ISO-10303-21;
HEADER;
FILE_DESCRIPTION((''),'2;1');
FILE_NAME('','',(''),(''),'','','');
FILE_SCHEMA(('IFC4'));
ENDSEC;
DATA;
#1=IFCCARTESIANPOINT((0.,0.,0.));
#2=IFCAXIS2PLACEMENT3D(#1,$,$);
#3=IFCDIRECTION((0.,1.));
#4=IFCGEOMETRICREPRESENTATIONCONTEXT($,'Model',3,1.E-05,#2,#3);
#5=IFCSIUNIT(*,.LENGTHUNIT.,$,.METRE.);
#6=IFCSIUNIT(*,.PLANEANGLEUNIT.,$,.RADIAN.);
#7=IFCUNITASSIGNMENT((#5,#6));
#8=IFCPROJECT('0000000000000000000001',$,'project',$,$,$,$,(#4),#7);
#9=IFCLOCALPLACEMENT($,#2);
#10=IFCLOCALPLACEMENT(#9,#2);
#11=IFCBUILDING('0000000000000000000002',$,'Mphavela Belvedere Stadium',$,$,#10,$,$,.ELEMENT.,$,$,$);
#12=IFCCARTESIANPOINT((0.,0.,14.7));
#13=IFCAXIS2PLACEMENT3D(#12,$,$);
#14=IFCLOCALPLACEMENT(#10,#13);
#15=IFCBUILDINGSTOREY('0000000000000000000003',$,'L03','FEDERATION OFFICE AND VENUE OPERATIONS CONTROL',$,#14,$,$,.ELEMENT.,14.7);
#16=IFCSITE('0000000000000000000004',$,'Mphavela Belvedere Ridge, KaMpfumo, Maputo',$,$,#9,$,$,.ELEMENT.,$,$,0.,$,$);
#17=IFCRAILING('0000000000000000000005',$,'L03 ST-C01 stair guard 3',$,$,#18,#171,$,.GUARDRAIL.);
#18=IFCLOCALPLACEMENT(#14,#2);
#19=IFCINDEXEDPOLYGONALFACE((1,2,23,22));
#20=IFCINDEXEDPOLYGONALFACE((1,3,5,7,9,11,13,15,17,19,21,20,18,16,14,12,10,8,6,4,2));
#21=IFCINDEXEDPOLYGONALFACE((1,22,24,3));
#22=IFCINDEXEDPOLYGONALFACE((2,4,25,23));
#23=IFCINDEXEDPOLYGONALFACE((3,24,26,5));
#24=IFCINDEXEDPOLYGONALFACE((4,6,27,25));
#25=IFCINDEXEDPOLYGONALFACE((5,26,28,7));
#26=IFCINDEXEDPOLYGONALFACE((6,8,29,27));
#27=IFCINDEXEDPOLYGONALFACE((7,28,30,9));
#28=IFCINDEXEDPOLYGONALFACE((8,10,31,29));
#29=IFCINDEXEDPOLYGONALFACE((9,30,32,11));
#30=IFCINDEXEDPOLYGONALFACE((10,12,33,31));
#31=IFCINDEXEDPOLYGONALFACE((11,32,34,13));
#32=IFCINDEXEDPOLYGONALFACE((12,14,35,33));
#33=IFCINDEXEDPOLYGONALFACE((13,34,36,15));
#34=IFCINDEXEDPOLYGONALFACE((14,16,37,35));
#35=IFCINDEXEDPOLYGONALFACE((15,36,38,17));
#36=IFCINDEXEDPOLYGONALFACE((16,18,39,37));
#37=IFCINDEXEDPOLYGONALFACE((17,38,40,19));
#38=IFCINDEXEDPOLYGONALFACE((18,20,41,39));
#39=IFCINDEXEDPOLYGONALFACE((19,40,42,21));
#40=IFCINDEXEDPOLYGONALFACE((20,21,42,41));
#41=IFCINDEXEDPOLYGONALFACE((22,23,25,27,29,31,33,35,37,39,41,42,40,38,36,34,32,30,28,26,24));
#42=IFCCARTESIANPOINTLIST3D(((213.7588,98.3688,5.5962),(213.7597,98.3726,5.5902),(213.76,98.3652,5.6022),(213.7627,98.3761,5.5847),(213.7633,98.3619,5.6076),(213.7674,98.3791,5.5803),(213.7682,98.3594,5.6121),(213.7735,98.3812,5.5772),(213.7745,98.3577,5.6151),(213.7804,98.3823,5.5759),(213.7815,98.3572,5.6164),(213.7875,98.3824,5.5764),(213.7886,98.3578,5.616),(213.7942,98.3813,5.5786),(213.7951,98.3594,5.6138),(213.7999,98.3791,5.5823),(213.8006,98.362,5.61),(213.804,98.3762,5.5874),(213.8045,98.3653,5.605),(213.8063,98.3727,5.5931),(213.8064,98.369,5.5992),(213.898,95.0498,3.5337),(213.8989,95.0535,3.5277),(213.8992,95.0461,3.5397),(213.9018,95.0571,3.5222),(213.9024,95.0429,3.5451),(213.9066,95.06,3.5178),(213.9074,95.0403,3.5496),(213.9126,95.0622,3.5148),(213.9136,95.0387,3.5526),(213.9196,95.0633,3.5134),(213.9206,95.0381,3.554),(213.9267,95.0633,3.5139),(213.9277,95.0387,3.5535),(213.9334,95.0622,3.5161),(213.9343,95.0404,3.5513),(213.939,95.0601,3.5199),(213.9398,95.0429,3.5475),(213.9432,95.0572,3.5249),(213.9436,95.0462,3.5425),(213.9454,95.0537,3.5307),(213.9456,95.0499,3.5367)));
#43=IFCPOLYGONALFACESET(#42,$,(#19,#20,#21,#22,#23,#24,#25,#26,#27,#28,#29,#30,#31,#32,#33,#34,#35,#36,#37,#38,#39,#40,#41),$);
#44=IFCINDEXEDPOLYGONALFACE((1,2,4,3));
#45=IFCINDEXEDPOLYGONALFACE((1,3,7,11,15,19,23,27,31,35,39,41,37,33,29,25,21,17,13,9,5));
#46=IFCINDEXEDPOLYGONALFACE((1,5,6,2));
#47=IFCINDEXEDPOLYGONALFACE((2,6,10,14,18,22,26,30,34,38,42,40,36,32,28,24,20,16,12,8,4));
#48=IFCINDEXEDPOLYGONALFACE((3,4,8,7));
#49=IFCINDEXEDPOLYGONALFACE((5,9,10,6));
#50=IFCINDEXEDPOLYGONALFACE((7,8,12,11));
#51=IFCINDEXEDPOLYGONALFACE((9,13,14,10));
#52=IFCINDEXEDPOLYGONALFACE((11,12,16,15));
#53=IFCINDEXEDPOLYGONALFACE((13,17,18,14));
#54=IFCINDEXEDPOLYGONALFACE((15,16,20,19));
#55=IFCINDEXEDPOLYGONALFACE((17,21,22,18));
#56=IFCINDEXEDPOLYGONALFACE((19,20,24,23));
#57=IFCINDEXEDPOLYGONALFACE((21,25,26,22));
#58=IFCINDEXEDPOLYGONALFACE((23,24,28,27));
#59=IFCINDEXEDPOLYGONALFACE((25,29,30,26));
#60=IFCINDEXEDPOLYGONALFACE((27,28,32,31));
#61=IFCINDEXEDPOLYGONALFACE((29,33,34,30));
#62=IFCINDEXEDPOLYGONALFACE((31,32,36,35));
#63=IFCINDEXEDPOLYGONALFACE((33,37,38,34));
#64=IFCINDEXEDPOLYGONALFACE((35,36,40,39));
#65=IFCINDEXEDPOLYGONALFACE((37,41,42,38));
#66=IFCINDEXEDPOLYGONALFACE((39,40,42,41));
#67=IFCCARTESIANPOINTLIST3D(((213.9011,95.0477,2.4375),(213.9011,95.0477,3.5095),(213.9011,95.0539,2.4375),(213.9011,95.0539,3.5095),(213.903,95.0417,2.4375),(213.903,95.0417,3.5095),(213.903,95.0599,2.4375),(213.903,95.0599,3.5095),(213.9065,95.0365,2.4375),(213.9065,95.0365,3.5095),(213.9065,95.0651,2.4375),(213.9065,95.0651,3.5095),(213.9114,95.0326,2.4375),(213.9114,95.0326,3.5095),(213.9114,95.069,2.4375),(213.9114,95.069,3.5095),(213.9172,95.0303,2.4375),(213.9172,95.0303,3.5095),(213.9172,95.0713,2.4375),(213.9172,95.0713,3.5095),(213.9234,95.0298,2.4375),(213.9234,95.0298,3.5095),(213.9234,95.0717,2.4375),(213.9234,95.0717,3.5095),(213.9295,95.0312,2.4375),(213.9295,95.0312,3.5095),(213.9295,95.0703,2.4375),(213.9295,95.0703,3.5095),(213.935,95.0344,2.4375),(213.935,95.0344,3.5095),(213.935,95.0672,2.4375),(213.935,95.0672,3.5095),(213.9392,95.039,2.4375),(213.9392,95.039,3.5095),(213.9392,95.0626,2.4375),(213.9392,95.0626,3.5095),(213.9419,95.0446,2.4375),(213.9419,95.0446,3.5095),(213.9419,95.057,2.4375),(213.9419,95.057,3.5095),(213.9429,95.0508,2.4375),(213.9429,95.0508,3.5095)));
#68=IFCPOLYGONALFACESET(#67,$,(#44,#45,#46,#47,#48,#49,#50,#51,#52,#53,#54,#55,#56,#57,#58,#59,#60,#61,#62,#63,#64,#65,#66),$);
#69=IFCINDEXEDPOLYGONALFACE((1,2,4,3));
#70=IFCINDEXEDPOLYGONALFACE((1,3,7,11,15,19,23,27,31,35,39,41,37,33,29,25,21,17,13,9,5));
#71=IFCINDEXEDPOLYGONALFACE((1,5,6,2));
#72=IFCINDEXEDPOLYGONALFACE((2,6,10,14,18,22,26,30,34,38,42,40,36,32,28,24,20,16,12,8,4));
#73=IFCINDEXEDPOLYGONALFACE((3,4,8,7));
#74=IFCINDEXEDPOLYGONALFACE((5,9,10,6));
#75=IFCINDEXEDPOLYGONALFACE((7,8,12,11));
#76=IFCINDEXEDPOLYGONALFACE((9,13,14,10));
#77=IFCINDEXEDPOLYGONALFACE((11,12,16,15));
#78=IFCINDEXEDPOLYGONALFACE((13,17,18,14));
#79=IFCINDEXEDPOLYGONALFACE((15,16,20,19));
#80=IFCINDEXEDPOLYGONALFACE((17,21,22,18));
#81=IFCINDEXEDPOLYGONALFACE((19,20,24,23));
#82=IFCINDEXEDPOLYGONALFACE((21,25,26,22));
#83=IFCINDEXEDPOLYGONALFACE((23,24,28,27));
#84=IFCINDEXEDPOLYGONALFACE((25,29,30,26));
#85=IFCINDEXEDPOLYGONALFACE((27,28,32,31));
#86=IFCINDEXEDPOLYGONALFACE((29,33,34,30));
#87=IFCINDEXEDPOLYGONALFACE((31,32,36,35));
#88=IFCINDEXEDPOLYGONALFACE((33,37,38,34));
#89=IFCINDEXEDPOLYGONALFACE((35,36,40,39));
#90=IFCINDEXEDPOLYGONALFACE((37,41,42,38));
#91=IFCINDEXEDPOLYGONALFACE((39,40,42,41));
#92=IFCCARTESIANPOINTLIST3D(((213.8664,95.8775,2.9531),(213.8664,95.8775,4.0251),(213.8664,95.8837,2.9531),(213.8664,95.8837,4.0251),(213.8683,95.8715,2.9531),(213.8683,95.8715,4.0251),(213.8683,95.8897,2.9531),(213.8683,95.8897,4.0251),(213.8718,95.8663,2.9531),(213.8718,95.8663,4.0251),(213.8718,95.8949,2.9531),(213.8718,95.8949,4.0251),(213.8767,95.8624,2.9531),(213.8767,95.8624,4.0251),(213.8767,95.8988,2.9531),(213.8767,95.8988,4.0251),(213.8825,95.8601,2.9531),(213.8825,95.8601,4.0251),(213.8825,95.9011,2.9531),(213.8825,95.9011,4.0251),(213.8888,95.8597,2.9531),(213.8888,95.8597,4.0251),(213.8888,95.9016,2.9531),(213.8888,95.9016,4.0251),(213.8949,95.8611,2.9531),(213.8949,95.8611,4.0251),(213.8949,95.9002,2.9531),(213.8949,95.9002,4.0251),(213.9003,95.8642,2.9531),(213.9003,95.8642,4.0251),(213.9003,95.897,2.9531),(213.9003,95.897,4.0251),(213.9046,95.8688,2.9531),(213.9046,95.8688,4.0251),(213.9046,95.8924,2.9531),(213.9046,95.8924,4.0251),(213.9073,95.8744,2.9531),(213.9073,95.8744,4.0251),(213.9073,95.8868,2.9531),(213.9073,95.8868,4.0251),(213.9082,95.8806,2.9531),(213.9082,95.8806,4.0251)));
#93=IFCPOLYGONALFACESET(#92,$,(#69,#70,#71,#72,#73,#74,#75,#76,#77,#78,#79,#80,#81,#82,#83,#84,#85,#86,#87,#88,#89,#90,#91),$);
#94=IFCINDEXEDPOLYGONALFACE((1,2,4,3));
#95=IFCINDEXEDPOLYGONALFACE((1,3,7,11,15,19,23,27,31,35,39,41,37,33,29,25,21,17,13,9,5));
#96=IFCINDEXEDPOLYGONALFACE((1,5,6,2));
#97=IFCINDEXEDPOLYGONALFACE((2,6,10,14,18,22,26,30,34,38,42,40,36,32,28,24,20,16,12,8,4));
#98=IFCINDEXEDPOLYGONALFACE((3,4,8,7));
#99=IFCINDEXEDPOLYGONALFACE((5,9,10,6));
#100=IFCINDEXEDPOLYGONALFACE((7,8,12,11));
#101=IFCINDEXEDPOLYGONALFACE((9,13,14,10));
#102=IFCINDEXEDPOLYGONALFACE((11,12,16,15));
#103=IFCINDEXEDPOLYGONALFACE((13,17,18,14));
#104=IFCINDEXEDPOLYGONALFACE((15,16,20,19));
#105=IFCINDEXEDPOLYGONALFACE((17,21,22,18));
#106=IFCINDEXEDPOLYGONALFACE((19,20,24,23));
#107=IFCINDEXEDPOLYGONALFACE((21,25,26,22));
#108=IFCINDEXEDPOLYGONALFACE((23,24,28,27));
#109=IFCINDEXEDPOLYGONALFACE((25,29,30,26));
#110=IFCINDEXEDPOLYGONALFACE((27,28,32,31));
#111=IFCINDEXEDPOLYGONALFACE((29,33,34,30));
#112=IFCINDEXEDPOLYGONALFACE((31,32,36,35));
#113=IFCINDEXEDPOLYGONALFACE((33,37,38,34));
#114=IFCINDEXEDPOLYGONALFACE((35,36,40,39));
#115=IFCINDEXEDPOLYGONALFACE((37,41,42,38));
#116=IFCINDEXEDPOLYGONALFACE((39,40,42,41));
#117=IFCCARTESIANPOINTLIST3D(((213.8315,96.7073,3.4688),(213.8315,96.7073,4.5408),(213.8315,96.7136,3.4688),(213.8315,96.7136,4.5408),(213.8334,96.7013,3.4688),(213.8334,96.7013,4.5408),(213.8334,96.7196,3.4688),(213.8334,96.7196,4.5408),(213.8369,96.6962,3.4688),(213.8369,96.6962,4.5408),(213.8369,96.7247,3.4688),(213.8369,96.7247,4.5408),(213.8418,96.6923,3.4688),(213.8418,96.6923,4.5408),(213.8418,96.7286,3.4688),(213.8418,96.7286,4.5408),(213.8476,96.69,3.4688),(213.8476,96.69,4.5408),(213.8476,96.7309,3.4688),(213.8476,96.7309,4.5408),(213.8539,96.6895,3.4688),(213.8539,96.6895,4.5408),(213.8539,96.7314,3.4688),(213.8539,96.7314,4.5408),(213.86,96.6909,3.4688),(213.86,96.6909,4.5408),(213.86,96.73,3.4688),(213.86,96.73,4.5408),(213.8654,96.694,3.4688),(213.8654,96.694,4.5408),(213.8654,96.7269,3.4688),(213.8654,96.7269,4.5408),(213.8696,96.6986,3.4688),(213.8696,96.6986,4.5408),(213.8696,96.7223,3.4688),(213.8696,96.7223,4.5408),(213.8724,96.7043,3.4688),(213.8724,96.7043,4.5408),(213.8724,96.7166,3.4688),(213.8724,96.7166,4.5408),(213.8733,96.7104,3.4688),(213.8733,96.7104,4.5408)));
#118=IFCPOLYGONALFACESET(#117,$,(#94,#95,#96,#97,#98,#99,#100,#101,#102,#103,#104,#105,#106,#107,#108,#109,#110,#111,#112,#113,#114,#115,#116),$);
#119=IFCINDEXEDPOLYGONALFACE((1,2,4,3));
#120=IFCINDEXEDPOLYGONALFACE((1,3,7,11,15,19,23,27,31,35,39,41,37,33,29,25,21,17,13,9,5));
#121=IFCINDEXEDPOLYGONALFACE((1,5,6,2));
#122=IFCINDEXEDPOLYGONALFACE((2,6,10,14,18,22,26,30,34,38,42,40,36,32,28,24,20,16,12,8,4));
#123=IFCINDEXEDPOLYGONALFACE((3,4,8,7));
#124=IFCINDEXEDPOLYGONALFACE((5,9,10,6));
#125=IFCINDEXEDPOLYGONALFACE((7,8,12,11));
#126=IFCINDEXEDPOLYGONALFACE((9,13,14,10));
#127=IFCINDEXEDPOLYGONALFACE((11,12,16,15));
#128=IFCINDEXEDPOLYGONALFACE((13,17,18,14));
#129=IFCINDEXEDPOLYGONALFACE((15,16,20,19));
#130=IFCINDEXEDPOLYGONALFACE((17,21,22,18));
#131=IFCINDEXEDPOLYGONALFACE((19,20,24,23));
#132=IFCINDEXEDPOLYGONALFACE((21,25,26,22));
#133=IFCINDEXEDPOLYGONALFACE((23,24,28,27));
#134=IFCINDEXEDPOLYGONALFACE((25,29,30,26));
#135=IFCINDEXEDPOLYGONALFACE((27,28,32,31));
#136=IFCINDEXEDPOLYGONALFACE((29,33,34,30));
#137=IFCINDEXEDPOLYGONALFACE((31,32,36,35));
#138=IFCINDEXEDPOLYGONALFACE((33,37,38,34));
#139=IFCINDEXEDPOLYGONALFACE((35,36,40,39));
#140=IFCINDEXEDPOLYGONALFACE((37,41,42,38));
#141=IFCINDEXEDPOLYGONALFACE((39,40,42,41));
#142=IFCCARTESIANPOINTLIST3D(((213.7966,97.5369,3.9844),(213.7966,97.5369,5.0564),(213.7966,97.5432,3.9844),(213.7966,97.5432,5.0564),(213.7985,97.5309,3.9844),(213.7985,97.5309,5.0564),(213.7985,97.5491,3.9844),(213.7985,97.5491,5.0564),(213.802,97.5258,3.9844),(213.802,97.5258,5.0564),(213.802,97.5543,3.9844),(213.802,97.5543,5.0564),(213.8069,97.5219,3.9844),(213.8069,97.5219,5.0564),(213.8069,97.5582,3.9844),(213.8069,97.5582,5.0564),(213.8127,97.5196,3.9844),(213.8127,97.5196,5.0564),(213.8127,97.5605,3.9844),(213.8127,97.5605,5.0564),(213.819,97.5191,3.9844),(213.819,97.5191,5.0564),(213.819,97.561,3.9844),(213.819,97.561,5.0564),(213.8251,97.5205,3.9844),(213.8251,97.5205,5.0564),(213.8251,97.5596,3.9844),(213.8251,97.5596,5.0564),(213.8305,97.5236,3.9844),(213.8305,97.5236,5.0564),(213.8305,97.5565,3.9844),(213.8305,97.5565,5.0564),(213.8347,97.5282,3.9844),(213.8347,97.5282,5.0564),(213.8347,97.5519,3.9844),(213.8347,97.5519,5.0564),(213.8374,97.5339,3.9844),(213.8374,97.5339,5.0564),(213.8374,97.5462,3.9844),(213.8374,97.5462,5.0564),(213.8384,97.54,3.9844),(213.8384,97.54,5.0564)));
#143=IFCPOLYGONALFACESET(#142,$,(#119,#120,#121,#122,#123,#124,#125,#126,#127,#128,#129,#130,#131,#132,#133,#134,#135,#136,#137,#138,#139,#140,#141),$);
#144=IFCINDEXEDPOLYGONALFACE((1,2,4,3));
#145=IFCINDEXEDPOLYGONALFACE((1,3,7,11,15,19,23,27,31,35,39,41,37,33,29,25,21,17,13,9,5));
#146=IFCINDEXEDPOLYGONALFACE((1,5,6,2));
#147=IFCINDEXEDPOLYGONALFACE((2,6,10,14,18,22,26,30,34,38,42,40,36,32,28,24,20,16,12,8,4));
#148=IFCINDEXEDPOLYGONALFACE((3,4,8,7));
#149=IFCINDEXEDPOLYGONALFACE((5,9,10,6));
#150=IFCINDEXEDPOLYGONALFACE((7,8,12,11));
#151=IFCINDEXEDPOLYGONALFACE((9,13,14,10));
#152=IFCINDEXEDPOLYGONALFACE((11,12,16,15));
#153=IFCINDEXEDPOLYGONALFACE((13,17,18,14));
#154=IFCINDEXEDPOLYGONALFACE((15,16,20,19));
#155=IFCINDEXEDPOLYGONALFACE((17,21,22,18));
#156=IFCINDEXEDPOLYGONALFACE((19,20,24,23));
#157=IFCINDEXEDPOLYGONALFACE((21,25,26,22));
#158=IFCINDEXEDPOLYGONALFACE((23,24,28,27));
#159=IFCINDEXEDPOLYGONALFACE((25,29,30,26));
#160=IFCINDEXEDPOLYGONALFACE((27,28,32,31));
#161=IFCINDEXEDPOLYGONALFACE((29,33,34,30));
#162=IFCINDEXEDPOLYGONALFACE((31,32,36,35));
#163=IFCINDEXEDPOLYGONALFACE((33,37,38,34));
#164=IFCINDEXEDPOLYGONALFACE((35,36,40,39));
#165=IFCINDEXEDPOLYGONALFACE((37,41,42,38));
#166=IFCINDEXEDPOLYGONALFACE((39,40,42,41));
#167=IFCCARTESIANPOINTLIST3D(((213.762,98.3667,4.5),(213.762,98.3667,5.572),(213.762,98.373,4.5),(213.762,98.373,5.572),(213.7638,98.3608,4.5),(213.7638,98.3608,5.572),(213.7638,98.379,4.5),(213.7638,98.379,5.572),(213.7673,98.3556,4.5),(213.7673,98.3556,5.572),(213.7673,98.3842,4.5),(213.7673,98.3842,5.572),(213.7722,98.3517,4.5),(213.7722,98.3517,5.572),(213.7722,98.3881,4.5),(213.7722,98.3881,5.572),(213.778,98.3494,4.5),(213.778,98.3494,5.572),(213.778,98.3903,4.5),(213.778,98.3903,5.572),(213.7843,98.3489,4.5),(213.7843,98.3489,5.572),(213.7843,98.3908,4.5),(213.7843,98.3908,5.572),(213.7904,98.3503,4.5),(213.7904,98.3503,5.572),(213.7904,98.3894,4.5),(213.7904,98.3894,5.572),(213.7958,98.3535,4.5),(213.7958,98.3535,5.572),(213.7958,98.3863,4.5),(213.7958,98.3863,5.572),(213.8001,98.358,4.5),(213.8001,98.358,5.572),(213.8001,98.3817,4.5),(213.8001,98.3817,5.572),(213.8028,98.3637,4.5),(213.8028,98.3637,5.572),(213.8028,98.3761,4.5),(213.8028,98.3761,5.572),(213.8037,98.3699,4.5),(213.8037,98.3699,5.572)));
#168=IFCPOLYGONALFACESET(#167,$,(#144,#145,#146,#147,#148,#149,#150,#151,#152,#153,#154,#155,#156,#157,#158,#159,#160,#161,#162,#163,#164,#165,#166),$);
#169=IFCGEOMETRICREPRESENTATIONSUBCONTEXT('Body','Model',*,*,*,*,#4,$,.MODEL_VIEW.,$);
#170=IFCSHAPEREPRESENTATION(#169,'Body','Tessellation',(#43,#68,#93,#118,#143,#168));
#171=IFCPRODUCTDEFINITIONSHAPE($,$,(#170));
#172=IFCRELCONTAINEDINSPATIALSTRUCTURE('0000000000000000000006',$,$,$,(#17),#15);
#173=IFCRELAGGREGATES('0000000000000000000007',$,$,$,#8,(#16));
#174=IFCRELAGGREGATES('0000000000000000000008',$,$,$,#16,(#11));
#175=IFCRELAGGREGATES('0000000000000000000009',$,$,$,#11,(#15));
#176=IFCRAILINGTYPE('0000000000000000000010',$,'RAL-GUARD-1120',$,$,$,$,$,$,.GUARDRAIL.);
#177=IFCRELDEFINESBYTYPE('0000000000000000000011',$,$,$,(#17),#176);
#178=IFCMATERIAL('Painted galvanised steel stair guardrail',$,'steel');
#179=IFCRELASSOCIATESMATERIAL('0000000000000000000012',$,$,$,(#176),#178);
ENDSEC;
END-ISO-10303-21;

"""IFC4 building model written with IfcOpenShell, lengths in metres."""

from ifc_helpers import new_model, si_unit, direction, frame, origin, origin_2d, place, context, subcontext, project, spatial, circle, extrude, material, type_object, element, save


model = new_model("IFC4")

# Units and contexts
model_context = context("Model", 3, precision=1e-05, world=origin(), true_north=direction((0.0, 1.0)))
body_context = subcontext(model_context, "Body", "Model", "MODEL_VIEW")
ifc_project = project(units=[si_unit("LENGTHUNIT", "METRE"), si_unit("PLANEANGLEUNIT", "RADIAN")], contexts=[model_context])

# Site, building, storey
site_placement = place(None, origin())
site = spatial("IfcSite", under=ifc_project, at=site_placement, Name="Mphavela Belvedere Ridge, KaMpfumo, Maputo", CompositionType="ELEMENT", RefElevation=0.0)
building_placement = place(site_placement, origin())
building = spatial("IfcBuilding", under=site, at=building_placement, Name="Mphavela Belvedere Stadium", CompositionType="ELEMENT")
storey_placement = place(building_placement, frame((0.0, 0.0, 14.7)))
storey = spatial("IfcBuildingStorey", under=building, at=storey_placement, Name="L03", Description="FEDERATION OFFICE AND VENUE OPERATIONS CONTROL", CompositionType="ELEMENT", Elevation=14.7)

# Railing
ifc_material_1 = material(Name="Painted galvanised steel stair guardrail", Category="steel")
railing_type_1 = type_object("IfcRailingType", Name="RAL-GUARD-1120", PredefinedType="GUARDRAIL", material=ifc_material_1)
railing_1_placement = place(storey_placement, frame((213.9219, 95.0508, 2.4375)))
element("IfcRailing", 1, at=railing_1_placement, inside=storey, type_object=railing_type_1, Name="L03 ST-C01 stair guard 3", PredefinedType="GUARDRAIL", context=body_context, shape_type="SweptSolid", body=[
    extrude(circle(Radius=0.0239, at=origin_2d()), frame((0.0, 0.0, 1.0962), z_axis=(-0.035589, 0.84883, 0.527467), x_axis=(-0.999122, -0.04189, 0.0)), (0.0, 0.0, 1.0), 3.9102),
    extrude(circle(Radius=0.021, at=origin_2d()), origin(), (0.0, 0.0, 1.0), 1.072),
    extrude(circle(Radius=0.021, at=origin_2d()), frame((-0.0347, 0.8298, 0.5156)), (0.0, 0.0, 1.0), 1.072),
    extrude(circle(Radius=0.021, at=origin_2d()), frame((-0.0696, 1.6597, 1.0312)), (0.0, 0.0, 1.0), 1.072),
    extrude(circle(Radius=0.021, at=origin_2d()), frame((-0.1045, 2.4893, 1.5469)), (0.0, 0.0, 1.0), 1.072),
    extrude(circle(Radius=0.021, at=origin_2d()), frame((-0.1392, 3.3191, 2.0625)), (0.0, 0.0, 1.0), 1.072),
])

save(model, "model.ifc")
